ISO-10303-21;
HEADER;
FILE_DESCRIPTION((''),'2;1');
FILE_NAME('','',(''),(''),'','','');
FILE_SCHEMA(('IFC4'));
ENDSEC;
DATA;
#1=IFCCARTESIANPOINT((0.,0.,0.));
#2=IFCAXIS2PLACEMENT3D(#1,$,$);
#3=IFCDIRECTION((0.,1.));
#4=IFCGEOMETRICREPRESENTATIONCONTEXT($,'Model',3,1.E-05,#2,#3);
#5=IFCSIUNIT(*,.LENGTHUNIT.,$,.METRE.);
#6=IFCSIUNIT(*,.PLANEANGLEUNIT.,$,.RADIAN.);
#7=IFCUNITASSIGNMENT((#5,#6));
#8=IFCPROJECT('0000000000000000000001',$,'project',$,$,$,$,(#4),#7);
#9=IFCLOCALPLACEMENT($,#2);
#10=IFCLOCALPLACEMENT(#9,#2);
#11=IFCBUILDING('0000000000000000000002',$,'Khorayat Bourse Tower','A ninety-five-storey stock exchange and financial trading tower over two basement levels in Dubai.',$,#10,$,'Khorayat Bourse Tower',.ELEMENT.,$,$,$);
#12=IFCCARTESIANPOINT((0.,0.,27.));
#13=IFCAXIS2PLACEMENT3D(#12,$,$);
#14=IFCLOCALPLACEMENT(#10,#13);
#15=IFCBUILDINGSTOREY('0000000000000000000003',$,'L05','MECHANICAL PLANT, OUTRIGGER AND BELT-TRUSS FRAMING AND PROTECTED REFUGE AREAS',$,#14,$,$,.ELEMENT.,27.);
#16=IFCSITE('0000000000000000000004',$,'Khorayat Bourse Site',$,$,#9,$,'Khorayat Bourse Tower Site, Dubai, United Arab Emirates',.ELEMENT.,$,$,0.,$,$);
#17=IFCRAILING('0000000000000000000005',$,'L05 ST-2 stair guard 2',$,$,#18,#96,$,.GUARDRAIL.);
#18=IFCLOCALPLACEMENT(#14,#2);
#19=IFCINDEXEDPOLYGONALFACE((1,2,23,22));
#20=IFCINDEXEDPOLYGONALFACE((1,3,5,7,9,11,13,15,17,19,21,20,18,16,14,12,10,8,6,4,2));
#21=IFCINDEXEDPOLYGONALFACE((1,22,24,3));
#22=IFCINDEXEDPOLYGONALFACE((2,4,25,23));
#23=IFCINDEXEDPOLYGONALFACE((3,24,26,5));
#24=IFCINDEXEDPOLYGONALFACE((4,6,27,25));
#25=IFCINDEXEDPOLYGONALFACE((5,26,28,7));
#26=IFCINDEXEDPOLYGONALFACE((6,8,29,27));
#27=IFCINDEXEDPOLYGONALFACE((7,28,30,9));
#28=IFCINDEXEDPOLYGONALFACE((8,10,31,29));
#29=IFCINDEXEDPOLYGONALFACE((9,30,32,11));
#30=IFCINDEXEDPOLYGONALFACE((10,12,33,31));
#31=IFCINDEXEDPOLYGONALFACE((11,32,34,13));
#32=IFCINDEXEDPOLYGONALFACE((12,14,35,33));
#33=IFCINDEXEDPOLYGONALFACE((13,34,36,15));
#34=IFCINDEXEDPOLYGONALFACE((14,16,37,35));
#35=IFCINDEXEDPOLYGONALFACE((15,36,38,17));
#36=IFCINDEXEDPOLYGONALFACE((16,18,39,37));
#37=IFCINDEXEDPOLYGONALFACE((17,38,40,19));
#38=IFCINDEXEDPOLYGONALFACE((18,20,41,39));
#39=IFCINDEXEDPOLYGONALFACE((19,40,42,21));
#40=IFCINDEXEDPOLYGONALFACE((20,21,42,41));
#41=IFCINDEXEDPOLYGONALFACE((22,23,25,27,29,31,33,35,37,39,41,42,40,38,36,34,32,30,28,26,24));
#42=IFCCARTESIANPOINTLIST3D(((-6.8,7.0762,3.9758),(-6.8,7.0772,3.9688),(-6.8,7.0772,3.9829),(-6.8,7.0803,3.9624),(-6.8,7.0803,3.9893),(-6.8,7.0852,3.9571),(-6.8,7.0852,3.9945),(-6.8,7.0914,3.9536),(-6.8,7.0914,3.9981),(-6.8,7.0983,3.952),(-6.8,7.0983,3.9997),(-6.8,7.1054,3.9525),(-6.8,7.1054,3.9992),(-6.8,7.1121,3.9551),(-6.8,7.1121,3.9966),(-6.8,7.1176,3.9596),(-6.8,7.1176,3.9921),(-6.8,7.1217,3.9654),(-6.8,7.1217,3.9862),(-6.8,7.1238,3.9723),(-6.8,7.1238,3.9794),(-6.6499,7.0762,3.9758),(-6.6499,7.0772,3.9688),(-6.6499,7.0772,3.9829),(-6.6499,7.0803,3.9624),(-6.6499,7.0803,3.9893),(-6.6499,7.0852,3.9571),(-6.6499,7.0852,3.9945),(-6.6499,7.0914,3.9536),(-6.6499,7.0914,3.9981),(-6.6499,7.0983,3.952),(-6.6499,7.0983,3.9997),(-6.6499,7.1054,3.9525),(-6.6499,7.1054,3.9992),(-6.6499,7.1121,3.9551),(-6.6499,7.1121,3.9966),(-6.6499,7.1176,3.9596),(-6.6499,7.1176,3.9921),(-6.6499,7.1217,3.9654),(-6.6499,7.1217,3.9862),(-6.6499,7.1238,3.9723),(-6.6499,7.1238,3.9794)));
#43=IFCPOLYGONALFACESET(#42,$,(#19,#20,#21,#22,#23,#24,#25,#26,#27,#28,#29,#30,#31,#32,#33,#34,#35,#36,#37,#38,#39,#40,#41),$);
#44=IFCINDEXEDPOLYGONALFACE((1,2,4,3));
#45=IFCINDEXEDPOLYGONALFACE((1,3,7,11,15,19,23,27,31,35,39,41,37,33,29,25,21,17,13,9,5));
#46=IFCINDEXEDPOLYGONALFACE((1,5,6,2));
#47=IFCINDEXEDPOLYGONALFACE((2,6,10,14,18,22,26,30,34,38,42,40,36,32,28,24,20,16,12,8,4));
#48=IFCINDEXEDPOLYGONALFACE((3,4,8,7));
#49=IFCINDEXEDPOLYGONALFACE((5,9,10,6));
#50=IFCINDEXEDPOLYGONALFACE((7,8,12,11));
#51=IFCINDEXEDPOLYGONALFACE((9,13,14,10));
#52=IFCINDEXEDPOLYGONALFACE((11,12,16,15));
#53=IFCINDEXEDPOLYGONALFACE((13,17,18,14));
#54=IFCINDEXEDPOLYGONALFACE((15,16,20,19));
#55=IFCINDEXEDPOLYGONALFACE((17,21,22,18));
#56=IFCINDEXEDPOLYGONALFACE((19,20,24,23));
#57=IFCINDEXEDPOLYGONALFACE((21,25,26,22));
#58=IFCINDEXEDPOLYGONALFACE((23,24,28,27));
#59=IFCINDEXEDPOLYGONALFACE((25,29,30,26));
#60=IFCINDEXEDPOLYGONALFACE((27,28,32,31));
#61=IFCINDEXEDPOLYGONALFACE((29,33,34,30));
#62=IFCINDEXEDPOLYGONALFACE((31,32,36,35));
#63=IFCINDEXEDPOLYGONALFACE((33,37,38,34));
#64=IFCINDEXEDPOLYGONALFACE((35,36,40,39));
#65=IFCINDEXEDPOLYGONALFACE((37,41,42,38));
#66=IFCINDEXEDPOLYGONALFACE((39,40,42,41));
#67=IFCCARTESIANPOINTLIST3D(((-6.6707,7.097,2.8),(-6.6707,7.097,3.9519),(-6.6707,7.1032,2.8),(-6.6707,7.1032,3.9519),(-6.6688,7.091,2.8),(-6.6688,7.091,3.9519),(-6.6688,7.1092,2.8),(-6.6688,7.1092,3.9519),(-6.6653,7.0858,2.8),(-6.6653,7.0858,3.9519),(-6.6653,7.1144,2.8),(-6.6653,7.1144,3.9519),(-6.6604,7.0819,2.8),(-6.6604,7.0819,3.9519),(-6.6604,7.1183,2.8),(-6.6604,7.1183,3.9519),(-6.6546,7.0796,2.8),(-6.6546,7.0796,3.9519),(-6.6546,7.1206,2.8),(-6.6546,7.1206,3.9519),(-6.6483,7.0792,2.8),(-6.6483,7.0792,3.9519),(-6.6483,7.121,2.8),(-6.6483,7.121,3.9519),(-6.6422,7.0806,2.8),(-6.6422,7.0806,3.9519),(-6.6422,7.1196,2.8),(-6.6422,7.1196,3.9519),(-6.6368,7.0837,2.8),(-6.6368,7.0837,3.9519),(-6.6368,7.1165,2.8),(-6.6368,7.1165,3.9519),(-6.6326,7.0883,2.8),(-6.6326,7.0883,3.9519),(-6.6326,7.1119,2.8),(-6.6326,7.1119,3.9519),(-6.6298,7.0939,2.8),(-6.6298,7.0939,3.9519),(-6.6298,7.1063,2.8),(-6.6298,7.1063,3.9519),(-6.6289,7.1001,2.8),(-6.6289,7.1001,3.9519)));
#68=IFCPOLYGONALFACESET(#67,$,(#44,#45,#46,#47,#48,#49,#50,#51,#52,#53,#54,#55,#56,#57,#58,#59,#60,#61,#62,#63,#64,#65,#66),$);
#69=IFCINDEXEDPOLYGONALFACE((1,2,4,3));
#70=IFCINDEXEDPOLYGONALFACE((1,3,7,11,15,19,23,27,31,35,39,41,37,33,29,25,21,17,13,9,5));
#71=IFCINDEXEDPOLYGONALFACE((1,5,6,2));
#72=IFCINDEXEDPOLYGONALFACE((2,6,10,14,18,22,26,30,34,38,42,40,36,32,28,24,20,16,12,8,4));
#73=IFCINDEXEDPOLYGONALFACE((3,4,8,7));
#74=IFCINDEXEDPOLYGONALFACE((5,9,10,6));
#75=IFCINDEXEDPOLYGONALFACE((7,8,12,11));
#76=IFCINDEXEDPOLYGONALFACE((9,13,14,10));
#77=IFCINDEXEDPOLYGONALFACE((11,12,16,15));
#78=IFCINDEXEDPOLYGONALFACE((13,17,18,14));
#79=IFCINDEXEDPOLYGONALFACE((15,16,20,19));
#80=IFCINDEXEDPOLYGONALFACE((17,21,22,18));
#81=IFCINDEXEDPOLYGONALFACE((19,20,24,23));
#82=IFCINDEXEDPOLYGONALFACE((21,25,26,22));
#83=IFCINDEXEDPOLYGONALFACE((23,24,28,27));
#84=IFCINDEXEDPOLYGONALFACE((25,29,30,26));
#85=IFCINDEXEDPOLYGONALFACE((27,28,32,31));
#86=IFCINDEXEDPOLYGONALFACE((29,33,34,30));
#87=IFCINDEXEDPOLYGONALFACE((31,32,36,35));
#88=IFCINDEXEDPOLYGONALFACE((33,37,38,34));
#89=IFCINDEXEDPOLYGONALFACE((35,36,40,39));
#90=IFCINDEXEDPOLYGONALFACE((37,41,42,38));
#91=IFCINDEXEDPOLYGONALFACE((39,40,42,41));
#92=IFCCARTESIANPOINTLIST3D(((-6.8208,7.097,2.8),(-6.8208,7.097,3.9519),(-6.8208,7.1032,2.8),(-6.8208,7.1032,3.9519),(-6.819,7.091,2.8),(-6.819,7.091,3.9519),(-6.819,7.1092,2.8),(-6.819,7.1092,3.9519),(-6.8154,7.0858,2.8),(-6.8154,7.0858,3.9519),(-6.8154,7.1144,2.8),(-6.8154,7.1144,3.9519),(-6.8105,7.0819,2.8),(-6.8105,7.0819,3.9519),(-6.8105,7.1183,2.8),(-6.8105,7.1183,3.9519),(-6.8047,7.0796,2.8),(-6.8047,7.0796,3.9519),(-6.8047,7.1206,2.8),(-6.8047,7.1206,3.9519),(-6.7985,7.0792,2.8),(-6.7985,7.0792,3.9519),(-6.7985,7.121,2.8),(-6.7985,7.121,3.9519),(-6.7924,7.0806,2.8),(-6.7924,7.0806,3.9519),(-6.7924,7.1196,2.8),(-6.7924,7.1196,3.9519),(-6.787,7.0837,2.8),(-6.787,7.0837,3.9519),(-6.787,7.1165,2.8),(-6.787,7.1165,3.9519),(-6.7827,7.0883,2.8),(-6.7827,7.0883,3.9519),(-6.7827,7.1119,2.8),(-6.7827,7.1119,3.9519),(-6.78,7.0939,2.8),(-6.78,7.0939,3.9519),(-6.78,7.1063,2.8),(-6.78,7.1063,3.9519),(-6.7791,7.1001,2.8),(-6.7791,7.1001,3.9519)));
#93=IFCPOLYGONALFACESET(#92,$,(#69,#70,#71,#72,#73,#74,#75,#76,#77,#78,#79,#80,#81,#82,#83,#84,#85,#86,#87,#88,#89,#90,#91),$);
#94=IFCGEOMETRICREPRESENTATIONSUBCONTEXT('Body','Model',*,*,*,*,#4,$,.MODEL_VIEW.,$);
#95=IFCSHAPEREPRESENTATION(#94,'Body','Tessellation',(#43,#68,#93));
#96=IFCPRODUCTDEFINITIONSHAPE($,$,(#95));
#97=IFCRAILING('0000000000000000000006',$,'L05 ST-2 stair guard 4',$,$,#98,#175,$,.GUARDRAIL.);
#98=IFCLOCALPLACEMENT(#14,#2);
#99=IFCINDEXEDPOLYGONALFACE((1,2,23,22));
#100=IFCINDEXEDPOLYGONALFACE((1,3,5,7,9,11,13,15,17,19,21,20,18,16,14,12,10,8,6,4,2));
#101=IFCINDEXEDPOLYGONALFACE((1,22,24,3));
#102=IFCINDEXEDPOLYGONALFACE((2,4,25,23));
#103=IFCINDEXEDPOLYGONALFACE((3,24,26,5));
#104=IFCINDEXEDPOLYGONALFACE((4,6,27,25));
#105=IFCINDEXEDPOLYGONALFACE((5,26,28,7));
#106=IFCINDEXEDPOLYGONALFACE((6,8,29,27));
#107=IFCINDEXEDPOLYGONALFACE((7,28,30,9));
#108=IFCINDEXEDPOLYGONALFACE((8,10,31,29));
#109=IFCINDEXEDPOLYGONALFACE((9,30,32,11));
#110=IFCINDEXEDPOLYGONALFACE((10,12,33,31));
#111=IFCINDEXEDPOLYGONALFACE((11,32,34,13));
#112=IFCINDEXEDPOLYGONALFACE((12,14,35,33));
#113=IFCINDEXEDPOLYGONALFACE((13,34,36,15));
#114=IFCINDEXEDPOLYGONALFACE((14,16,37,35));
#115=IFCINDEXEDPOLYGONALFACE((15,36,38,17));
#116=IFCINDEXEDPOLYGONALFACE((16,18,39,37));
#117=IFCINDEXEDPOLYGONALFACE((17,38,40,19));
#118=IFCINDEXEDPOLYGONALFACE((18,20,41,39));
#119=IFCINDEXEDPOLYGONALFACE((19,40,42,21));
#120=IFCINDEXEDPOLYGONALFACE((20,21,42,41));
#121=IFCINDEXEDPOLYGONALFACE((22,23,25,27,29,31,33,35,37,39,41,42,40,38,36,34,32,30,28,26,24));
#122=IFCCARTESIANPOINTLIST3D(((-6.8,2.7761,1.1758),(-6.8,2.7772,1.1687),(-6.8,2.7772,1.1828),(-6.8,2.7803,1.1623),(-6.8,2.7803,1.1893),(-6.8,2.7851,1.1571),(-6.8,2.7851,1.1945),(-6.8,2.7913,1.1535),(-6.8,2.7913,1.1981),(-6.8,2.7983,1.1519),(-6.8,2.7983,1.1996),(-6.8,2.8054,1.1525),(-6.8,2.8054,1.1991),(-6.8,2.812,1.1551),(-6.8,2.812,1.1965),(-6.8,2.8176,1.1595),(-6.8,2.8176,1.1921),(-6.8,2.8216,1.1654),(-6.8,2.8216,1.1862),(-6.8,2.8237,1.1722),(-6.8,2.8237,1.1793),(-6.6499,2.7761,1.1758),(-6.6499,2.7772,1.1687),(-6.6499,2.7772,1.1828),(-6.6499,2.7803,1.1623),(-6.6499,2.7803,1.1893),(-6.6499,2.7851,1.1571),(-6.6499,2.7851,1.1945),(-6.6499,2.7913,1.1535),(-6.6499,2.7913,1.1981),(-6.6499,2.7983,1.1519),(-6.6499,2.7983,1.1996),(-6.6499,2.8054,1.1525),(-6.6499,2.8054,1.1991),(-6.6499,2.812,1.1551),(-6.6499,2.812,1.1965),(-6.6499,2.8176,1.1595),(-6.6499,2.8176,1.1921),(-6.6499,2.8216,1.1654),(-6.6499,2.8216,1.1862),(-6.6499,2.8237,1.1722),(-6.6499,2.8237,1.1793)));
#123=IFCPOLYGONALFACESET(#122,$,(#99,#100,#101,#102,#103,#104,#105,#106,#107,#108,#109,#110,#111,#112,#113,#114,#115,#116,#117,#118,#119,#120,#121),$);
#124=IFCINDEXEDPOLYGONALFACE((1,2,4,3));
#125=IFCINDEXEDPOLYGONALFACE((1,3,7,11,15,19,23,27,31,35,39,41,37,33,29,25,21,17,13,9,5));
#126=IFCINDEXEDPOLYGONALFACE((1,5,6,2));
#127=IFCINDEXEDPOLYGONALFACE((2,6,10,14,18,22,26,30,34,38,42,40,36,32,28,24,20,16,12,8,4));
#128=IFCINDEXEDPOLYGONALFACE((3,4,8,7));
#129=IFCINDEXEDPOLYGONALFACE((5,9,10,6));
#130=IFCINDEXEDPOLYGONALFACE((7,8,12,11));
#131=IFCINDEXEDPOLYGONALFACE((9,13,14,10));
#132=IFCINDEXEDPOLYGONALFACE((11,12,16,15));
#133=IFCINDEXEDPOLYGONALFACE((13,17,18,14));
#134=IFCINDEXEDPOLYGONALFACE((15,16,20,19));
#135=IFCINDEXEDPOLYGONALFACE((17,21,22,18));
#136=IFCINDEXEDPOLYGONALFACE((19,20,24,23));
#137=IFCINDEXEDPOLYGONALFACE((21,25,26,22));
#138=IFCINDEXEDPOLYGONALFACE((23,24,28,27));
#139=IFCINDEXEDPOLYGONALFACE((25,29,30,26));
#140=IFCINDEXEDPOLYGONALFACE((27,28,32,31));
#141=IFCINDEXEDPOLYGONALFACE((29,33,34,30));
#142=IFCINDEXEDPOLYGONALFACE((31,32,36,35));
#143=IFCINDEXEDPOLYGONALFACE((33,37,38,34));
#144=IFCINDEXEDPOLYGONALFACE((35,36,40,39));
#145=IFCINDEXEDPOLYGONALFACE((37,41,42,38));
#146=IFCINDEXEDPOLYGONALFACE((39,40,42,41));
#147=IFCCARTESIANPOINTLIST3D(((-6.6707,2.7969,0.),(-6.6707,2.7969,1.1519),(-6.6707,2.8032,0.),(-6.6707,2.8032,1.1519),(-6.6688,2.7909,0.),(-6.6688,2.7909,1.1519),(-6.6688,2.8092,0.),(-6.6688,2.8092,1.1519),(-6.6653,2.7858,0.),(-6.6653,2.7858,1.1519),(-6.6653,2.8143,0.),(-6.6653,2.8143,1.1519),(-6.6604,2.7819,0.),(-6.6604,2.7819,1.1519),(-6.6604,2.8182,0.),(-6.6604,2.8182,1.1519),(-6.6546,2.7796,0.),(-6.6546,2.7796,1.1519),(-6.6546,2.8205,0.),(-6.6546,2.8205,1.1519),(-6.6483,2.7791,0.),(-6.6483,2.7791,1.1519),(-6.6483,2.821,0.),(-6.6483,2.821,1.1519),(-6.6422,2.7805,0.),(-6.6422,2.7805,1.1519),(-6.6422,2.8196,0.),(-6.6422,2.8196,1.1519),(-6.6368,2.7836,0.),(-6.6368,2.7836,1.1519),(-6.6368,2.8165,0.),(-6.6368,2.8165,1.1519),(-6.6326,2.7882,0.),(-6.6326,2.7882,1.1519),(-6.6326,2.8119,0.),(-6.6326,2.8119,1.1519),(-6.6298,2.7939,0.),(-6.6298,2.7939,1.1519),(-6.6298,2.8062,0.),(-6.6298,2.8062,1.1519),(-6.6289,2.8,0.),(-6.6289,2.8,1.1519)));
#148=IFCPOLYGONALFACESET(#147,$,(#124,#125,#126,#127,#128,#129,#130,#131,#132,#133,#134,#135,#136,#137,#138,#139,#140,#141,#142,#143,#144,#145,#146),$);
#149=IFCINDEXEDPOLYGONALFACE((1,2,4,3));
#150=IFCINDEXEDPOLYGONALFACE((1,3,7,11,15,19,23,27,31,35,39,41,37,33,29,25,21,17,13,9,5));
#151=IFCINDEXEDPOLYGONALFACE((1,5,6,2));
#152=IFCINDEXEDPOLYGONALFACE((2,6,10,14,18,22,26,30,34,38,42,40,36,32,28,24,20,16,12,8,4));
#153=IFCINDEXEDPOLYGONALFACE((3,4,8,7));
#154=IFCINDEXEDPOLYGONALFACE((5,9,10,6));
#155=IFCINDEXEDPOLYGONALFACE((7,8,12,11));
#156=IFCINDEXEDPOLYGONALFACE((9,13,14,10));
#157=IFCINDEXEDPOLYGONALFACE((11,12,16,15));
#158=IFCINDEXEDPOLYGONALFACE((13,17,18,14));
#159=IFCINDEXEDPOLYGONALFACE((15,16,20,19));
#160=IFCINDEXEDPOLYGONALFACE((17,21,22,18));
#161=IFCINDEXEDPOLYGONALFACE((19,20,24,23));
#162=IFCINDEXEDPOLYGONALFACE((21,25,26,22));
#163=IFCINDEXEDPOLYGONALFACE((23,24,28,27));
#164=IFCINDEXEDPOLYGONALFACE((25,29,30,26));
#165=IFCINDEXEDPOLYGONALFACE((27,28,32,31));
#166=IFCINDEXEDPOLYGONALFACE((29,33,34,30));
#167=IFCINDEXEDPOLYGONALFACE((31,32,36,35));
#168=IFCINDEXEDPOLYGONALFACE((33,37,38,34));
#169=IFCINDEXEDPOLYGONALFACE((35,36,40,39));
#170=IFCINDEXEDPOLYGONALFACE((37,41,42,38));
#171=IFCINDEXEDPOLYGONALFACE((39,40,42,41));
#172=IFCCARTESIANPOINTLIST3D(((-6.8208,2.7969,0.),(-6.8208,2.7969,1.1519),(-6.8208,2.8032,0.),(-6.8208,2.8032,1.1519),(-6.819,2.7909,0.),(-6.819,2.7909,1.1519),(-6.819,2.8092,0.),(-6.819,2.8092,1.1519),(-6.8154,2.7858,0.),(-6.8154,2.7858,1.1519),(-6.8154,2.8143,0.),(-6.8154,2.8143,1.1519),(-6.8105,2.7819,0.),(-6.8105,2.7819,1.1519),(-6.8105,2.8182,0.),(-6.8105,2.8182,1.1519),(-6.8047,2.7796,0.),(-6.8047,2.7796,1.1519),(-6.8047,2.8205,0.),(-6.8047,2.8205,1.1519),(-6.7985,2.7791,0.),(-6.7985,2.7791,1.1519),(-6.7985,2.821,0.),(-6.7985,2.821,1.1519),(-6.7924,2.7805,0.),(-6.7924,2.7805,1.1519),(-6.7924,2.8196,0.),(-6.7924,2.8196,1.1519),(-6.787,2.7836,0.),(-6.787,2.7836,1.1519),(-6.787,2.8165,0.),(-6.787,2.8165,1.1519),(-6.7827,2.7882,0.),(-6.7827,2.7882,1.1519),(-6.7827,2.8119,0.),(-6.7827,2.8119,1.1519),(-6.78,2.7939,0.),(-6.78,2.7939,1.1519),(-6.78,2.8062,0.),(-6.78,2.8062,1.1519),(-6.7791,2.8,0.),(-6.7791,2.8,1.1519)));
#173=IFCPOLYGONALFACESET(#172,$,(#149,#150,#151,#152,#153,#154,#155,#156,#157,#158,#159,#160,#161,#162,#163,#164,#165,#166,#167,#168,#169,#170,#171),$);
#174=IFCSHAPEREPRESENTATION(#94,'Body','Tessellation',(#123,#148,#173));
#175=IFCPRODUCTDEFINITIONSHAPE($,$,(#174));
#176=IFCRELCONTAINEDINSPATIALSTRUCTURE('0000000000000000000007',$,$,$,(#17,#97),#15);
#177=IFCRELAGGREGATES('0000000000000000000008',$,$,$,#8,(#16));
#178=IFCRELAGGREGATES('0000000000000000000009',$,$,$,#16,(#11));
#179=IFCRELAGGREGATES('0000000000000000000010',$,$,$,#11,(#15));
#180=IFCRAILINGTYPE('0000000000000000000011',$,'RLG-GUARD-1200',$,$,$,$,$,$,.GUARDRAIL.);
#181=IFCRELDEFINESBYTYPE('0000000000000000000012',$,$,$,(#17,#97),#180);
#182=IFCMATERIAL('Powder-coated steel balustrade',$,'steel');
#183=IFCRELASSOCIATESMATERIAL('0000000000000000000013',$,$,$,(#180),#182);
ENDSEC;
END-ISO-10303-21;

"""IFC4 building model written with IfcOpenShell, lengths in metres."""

from ifc_helpers import new_model, si_unit, direction, frame, origin, origin_2d, place, context, subcontext, project, spatial, circle, extrude, source, transform, mapped, material, type_object, element, save


model = new_model("IFC4")

# Units and contexts
model_context = context("Model", 3, precision=1e-05, world=origin(), true_north=direction((0.0, 1.0)))
body_context = subcontext(model_context, "Body", "Model", "MODEL_VIEW")
ifc_project = project(units=[si_unit("LENGTHUNIT", "METRE"), si_unit("PLANEANGLEUNIT", "RADIAN")], contexts=[model_context])

# Site, building, storey
site_placement = place(None, origin())
site = spatial("IfcSite", under=ifc_project, at=site_placement, Name="Khorayat Bourse Site", LongName="Khorayat Bourse Tower Site, Dubai, United Arab Emirates", CompositionType="ELEMENT", RefElevation=0.0)
building_placement = place(site_placement, origin())
building = spatial("IfcBuilding", under=site, at=building_placement, Name="Khorayat Bourse Tower", Description="A ninety-five-storey stock exchange and financial trading tower over two basement levels in Dubai.", LongName="Khorayat Bourse Tower", CompositionType="ELEMENT")
storey_placement = place(building_placement, frame((0.0, 0.0, 27.0)))
storey = spatial("IfcBuildingStorey", under=building, at=storey_placement, Name="L05", Description="MECHANICAL PLANT, OUTRIGGER AND BELT-TRUSS FRAMING AND PROTECTED REFUGE AREAS", CompositionType="ELEMENT", Elevation=27.0)

# Railings
ifc_material_1 = material(Name="Powder-coated steel balustrade", Category="steel")
railing_type_1 = type_object("IfcRailingType", Name="RLG-GUARD-1200", PredefinedType="GUARDRAIL", material=ifc_material_1)
shared_shape_1 = source(origin(), body_context, "Body", "SweptSolid", [
    extrude(circle(Radius=0.0239, at=origin_2d()), frame((0.0, 0.0, 1.1758), z_axis=(-1.0, 0.0, 0.0), x_axis=(0.0, -1.0, 0.0)), (0.0, 0.0, 1.0), 0.1501),
    extrude(circle(Radius=0.021, at=origin_2d()), origin(), (0.0, 0.0, 1.0), 1.1519),
    extrude(circle(Radius=0.021, at=origin_2d()), frame((-0.1501, 0.0, 0.0)), (0.0, 0.0, 1.0), 1.1519),
])
for number, where, name in (
    (1, (-6.6499, 7.1001, 2.8), "L05 ST-2 stair guard 2"),
    (2, (-6.6499, 2.8, 0.0), "L05 ST-2 stair guard 4"),
):
    element("IfcRailing", number, at=place(storey_placement, frame(where)), inside=storey, type_object=railing_type_1, Name=name, PredefinedType="GUARDRAIL", context=body_context, shape_type="MappedRepresentation", body=[
        mapped(shared_shape_1, transform((0.0, 0.0, 0.0), scale=1.0)),
    ])

save(model, "model.ifc")
